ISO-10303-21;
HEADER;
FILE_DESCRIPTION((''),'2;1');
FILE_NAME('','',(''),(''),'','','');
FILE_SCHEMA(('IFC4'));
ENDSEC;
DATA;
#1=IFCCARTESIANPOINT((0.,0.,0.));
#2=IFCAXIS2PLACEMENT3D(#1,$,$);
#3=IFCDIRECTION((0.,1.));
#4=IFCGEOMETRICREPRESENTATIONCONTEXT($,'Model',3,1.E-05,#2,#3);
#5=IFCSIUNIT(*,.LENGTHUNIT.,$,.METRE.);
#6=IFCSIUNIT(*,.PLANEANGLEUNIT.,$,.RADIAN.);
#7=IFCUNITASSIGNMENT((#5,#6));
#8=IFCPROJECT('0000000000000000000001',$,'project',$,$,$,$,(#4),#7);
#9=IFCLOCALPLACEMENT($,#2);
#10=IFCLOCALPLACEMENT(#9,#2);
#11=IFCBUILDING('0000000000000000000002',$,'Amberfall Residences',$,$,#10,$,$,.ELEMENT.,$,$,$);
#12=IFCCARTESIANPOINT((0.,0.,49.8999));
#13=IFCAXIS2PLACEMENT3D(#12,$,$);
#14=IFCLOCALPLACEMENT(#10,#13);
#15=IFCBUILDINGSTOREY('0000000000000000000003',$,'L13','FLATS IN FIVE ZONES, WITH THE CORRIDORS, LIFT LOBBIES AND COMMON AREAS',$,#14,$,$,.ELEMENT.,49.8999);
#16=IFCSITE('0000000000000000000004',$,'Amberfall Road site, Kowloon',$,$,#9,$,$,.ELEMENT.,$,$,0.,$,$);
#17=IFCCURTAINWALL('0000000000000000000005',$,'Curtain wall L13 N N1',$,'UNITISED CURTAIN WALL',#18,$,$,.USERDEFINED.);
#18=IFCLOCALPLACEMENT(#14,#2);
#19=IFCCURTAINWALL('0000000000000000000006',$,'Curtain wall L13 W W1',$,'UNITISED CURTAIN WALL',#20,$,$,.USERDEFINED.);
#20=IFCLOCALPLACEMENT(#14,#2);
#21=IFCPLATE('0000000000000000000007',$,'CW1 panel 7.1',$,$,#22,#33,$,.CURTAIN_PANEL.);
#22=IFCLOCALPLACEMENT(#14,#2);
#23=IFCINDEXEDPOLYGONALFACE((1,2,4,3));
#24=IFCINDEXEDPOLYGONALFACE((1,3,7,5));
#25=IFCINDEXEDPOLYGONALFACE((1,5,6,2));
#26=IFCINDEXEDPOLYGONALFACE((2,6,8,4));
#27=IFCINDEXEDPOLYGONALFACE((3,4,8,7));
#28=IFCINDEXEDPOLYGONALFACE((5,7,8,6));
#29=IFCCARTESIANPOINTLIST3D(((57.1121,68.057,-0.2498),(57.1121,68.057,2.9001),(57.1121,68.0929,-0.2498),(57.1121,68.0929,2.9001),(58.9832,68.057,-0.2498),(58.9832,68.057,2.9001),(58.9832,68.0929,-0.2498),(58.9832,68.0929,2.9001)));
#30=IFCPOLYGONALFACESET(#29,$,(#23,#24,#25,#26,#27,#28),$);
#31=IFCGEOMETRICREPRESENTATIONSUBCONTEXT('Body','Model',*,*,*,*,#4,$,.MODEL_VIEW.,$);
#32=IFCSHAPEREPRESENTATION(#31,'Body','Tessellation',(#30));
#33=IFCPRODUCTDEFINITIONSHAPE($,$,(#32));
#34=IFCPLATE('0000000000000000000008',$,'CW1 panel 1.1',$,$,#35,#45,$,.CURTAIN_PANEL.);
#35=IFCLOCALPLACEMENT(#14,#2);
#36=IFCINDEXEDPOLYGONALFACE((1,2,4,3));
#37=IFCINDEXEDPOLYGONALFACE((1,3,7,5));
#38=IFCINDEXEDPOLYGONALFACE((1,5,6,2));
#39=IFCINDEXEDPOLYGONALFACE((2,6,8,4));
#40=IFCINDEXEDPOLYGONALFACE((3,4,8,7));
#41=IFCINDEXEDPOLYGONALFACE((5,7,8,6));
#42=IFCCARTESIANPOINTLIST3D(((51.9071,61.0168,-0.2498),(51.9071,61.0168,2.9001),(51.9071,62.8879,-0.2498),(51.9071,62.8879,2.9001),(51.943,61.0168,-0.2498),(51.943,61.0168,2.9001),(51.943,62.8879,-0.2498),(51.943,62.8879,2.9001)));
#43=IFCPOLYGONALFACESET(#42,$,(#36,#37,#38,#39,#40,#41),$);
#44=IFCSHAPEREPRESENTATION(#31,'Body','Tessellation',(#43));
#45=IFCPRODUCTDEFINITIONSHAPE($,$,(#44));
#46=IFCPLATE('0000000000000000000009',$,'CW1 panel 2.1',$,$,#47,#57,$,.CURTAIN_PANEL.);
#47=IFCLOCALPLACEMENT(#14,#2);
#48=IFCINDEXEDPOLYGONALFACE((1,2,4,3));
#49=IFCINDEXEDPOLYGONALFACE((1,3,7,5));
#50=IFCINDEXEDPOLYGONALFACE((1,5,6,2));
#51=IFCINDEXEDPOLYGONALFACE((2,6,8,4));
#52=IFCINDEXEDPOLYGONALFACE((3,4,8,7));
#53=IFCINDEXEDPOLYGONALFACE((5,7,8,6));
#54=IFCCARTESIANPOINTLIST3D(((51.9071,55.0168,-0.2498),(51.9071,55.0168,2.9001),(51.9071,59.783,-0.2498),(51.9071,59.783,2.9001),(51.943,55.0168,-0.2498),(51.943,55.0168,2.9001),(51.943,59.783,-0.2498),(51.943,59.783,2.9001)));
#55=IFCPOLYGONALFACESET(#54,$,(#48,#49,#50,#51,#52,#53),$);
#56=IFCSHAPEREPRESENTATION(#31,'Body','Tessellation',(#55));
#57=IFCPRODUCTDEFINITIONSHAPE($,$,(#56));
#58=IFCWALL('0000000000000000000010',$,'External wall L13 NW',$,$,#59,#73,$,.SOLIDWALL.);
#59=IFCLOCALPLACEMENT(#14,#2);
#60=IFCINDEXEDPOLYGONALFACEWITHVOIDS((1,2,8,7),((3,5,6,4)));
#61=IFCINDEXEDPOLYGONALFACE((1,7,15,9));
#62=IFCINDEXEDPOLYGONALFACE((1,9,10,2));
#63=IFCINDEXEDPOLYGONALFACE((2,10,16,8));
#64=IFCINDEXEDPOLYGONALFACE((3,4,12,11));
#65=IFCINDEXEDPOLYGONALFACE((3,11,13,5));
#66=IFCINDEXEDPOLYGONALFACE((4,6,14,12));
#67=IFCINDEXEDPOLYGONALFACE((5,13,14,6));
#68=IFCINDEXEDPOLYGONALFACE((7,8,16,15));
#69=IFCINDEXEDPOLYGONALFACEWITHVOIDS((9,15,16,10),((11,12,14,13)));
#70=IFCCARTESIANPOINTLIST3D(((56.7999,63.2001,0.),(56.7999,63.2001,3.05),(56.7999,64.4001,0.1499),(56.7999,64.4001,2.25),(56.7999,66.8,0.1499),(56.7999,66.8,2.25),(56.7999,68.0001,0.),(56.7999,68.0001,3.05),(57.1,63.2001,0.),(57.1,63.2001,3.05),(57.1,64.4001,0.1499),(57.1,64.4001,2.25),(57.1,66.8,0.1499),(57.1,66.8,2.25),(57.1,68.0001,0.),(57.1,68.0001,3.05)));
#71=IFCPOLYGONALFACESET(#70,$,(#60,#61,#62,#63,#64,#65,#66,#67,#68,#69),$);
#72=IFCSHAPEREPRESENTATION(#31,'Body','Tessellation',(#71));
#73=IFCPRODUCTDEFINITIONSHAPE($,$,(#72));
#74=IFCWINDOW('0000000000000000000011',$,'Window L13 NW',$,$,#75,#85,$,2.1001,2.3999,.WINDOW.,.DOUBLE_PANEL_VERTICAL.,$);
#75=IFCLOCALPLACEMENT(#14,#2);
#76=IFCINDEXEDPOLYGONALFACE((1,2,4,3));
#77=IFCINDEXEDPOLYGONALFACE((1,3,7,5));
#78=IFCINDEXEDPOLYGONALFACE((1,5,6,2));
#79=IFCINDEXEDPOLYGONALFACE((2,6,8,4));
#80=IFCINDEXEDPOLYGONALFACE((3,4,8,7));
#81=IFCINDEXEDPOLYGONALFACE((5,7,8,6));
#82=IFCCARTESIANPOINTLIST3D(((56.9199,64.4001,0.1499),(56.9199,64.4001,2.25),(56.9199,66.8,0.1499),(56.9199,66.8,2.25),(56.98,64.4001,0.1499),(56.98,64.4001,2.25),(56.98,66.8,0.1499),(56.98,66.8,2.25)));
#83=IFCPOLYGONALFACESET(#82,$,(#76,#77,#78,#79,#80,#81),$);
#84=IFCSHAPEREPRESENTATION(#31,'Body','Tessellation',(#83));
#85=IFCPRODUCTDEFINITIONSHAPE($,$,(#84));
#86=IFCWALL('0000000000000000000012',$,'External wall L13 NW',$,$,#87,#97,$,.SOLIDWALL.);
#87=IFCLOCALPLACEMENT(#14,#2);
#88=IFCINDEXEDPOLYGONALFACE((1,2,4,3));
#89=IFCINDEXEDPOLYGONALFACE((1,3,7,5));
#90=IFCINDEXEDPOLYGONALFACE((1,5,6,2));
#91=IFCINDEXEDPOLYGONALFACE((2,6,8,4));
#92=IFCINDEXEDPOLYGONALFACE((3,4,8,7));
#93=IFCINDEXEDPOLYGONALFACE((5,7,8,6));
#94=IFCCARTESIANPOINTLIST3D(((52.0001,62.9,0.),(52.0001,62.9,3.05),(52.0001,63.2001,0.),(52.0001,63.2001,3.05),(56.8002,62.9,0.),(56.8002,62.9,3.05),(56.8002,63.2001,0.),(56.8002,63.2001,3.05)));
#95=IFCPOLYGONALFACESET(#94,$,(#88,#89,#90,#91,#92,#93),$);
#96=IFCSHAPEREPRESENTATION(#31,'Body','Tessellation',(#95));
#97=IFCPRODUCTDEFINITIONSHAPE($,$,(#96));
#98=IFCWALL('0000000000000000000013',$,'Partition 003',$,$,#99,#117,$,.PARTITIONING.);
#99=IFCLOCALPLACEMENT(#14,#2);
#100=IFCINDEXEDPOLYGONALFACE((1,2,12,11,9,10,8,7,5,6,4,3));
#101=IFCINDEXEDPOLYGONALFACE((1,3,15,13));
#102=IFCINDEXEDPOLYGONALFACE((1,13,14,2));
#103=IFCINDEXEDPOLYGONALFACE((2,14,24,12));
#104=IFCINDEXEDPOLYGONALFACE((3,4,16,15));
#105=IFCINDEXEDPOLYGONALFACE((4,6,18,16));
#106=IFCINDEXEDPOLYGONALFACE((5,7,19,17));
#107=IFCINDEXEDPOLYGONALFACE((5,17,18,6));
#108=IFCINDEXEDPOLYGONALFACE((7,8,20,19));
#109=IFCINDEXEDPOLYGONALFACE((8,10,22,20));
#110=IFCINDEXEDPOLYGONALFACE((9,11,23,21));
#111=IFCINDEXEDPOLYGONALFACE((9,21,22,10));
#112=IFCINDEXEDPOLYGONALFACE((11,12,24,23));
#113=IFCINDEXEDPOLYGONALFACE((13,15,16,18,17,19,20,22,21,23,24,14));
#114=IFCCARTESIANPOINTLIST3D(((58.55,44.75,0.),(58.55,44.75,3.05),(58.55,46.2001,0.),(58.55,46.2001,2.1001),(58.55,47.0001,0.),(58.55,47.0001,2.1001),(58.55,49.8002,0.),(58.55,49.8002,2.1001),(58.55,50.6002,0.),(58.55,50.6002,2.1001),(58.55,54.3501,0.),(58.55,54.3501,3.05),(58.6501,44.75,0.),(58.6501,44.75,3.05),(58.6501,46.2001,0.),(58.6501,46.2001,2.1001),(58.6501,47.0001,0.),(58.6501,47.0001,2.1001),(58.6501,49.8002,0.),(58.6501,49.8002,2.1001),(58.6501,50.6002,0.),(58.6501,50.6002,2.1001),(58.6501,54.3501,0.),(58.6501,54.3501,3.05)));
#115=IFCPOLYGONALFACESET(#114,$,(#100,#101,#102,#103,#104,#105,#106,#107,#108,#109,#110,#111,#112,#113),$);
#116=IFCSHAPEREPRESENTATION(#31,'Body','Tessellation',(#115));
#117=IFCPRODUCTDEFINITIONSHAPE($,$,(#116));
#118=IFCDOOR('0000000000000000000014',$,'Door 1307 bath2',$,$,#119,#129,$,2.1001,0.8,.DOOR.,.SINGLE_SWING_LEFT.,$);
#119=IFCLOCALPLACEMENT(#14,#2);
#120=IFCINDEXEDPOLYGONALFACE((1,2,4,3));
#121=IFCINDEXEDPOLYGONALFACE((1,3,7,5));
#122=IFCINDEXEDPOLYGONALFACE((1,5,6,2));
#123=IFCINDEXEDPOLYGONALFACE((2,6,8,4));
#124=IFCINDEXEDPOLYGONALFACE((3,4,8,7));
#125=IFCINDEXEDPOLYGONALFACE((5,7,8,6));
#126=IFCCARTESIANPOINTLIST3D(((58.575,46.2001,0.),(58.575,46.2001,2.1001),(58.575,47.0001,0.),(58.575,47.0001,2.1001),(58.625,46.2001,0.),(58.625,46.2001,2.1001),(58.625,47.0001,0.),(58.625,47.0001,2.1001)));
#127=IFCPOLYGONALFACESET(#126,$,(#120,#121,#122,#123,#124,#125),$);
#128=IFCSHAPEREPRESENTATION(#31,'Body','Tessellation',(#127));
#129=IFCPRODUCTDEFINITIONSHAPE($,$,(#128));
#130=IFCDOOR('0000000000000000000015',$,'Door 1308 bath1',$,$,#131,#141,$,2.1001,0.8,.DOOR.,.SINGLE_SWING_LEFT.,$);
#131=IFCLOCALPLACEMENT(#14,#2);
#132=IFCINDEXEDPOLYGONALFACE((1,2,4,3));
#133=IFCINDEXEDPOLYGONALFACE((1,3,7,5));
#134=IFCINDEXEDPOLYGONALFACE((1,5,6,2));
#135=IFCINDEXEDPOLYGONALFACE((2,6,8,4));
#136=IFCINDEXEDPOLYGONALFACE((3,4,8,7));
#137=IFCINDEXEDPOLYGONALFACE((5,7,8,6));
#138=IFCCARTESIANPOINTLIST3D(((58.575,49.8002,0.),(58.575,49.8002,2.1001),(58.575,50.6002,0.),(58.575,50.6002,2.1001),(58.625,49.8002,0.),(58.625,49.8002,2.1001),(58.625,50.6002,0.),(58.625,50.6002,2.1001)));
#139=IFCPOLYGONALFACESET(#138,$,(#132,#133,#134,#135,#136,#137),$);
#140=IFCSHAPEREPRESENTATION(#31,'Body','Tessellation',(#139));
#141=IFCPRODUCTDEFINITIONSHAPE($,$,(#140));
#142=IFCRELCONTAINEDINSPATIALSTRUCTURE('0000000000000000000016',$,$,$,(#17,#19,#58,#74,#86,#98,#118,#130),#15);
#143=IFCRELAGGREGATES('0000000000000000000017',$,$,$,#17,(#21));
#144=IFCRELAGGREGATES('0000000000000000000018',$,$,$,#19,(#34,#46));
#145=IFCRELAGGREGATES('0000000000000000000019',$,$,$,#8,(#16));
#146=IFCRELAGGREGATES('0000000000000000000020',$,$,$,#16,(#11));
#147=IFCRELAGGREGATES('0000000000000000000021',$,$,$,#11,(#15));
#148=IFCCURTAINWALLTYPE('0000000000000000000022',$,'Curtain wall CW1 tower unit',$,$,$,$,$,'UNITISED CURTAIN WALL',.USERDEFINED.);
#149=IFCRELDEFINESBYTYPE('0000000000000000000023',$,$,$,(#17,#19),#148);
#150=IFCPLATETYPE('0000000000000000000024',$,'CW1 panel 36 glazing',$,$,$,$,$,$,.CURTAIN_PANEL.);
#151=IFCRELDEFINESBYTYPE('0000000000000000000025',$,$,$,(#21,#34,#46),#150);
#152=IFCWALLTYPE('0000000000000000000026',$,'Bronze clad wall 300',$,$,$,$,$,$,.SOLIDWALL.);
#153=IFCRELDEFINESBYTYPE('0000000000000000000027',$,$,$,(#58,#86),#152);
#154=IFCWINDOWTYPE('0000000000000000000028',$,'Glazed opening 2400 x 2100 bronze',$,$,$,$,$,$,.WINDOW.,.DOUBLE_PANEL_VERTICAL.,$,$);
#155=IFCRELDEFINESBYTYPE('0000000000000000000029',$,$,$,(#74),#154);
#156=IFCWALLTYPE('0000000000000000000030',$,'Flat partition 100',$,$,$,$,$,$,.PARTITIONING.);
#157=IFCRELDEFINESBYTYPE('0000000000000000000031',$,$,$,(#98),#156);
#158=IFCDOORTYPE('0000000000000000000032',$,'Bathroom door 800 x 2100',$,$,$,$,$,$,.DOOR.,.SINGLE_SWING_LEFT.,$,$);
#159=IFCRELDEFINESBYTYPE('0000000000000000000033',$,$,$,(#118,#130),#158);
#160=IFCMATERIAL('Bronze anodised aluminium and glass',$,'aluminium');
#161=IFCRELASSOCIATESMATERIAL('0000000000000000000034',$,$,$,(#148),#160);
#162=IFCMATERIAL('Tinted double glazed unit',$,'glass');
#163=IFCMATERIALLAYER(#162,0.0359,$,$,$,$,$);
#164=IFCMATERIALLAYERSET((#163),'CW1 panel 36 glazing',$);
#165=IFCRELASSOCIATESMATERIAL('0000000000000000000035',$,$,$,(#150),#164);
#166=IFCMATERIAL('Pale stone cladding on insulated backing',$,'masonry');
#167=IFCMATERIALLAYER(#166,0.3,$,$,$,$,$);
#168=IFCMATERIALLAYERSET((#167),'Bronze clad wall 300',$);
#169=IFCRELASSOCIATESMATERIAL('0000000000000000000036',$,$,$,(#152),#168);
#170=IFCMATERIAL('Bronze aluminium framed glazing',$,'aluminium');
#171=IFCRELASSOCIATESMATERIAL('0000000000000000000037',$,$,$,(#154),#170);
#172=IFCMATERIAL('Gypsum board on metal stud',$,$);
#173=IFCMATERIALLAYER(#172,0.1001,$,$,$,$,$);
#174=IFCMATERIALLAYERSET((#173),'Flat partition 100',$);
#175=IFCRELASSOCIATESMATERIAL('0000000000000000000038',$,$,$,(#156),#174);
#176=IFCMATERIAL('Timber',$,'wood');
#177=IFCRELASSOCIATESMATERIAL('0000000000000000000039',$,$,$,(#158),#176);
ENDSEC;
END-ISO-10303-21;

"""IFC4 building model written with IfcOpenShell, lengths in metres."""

from ifc_helpers import new_model, si_unit, direction, frame, frame_2d, origin, origin_2d, place, context, subcontext, project, spatial, rectangle, extrude, material, layer, layer_set, type_object, element, fill, aggregate, save


model = new_model("IFC4")

# Units and contexts
model_context = context("Model", 3, precision=1e-05, world=origin(), true_north=direction((0.0, 1.0)))
body_context = subcontext(model_context, "Body", "Model", "MODEL_VIEW")
ifc_project = project(units=[si_unit("LENGTHUNIT", "METRE"), si_unit("PLANEANGLEUNIT", "RADIAN")], contexts=[model_context])

# Site, building, storey
site_placement = place(None, origin())
site = spatial("IfcSite", under=ifc_project, at=site_placement, Name="Amberfall Road site, Kowloon", CompositionType="ELEMENT", RefElevation=0.0)
building_placement = place(site_placement, origin())
building = spatial("IfcBuilding", under=site, at=building_placement, Name="Amberfall Residences", CompositionType="ELEMENT")
storey_placement = place(building_placement, frame((0.0, 0.0, 49.8999)))
storey = spatial("IfcBuildingStorey", under=building, at=storey_placement, Name="L13", Description="FLATS IN FIVE ZONES, WITH THE CORRIDORS, LIFT LOBBIES AND COMMON AREAS", CompositionType="ELEMENT", Elevation=49.8999)

# Curtain wall
ifc_material_1 = material(Name="Bronze anodised aluminium and glass", Category="aluminium")
curtain_wall_type = type_object("IfcCurtainWallType", Name="Curtain wall CW1 tower unit", ElementType="UNITISED CURTAIN WALL", PredefinedType="USERDEFINED", material=ifc_material_1)
curtain_wall_1_placement = place(storey_placement, origin())
curtain_wall_1 = element("IfcCurtainWall", 1, at=curtain_wall_1_placement, inside=storey, type_object=curtain_wall_type, Name="Curtain wall L13 N N1", ObjectType="UNITISED CURTAIN WALL", PredefinedType="USERDEFINED")

# Curtain wall
curtain_wall_2_placement = place(storey_placement, origin())
curtain_wall_2 = element("IfcCurtainWall", 2, at=curtain_wall_2_placement, inside=storey, type_object=curtain_wall_type, Name="Curtain wall L13 W W1", ObjectType="UNITISED CURTAIN WALL", PredefinedType="USERDEFINED")

# Plates
ifc_material_2 = material(Name="Tinted double glazed unit", Category="glass")
ifc_layer_1 = layer(ifc_material_2, 0.0359)
ifc_layer_set_1 = layer_set([ifc_layer_1], Name="CW1 panel 36 glazing")
plate_type = type_object("IfcPlateType", Name="CW1 panel 36 glazing", PredefinedType="CURTAIN_PANEL", material=ifc_layer_set_1)
plate_1_placement = place(storey_placement, frame((58.0476, 68.075, -0.2498), z_axis=(0.0, 0.0, 1.0), x_axis=(-1.0, 0.0, 0.0)))
plate_1 = element("IfcPlate", 3, at=plate_1_placement, type_object=plate_type, Name="CW1 panel 7.1", PredefinedType="CURTAIN_PANEL", context=body_context, shape_type="SweptSolid", body=[
    extrude(rectangle(XDim=1.8711, YDim=0.0359, at=origin_2d()), origin(), (0.0, 0.0, 1.0), 3.1499),
])
aggregate(curtain_wall_1, [plate_1])
plate_2_placement = place(storey_placement, frame((51.925, 61.9524, -0.2498), z_axis=(0.0, 0.0, 1.0), x_axis=(0.0, -1.0, 0.0)))
plate_2 = element("IfcPlate", 4, at=plate_2_placement, type_object=plate_type, Name="CW1 panel 1.1", PredefinedType="CURTAIN_PANEL", context=body_context, shape_type="SweptSolid", body=[
    extrude(rectangle(XDim=1.8711, YDim=0.0359, at=origin_2d()), origin(), (0.0, 0.0, 1.0), 3.1499),
])
plate_3_placement = place(storey_placement, frame((51.925, 57.3999, -0.2498), z_axis=(0.0, 0.0, 1.0), x_axis=(0.0, -1.0, 0.0)))
plate_3 = element("IfcPlate", 5, at=plate_3_placement, type_object=plate_type, Name="CW1 panel 2.1", PredefinedType="CURTAIN_PANEL", context=body_context, shape_type="SweptSolid", body=[
    extrude(rectangle(XDim=4.7661, YDim=0.0359, at=origin_2d()), origin(), (0.0, 0.0, 1.0), 3.1499),
])
aggregate(curtain_wall_2, [plate_2, plate_3])

# Wall, opening, window
ifc_material_3 = material(Name="Pale stone cladding on insulated backing", Category="masonry")
ifc_layer_2 = layer(ifc_material_3, 0.3)
ifc_layer_set_2 = layer_set([ifc_layer_2], Name="Bronze clad wall 300")
wall_type_1 = type_object("IfcWallType", Name="Bronze clad wall 300", PredefinedType="SOLIDWALL", material=ifc_layer_set_2)
wall_1_placement = place(storey_placement, frame((56.95, 68.0, 0.0), z_axis=(0.0, 0.0, 1.0), x_axis=(0.0, -1.0, 0.0)))
wall_1 = element("IfcWall", 6, at=wall_1_placement, inside=storey, type_object=wall_type_1, Name="External wall L13 NW", PredefinedType="SOLIDWALL", context=body_context, shape_type="SweptSolid", body=[
    extrude(rectangle(XDim=4.8, YDim=0.3, at=frame_2d((2.3999, 0.0))), origin(), (0.0, 0.0, 1.0), 3.05),
])
opening_1_placement = place(wall_1_placement, frame((1.2, 0.0, 0.1499)))
opening_1 = element("IfcOpeningElement", 7, at=opening_1_placement, cuts=wall_1, PredefinedType="OPENING", context=body_context, shape_type="SweptSolid", body=[
    extrude(rectangle(XDim=2.3999, YDim=2.1001, at=frame_2d((1.2, 1.05))), frame((0.0, 0.1599, 0.0), z_axis=(0.0, -1.0, 0.0), x_axis=(1.0, 0.0, 0.0)), (0.0, 0.0, 1.0), 0.3201),
])
ifc_material_4 = material(Name="Bronze aluminium framed glazing", Category="aluminium")
window_type = type_object("IfcWindowType", Name="Glazed opening 2400 x 2100 bronze", PartitioningType="DOUBLE_PANEL_VERTICAL", PredefinedType="WINDOW", material=ifc_material_4)
window_placement = place(opening_1_placement, origin())
window = element("IfcWindow", 8, at=window_placement, inside=storey, type_object=window_type, Name="Window L13 NW", OverallHeight=2.1001, OverallWidth=2.3999, PartitioningType="DOUBLE_PANEL_VERTICAL", PredefinedType="WINDOW", context=body_context, shape_type="SweptSolid", body=[
    extrude(rectangle(XDim=2.3999, YDim=2.1001, at=frame_2d((1.2, 1.05))), frame((0.0, 0.03, 0.0), z_axis=(0.0, -1.0, 0.0), x_axis=(1.0, 0.0, 0.0)), (0.0, 0.0, 1.0), 0.0601),
])
fill(opening_1, window)

# Wall
wall_2_placement = place(storey_placement, frame((56.8, 63.05, 0.0), z_axis=(0.0, 0.0, 1.0), x_axis=(-1.0, 0.0, 0.0)))
element("IfcWall", 9, at=wall_2_placement, inside=storey, type_object=wall_type_1, Name="External wall L13 NW", PredefinedType="SOLIDWALL", context=body_context, shape_type="SweptSolid", body=[
    extrude(rectangle(XDim=4.8, YDim=0.3, at=frame_2d((2.3999, 0.0))), origin(), (0.0, 0.0, 1.0), 3.05),
])

# Wall, openings, doors
ifc_material_5 = material(Name="Gypsum board on metal stud")
ifc_layer_3 = layer(ifc_material_5, 0.1001)
ifc_layer_set_3 = layer_set([ifc_layer_3], Name="Flat partition 100")
wall_type_2 = type_object("IfcWallType", Name="Flat partition 100", PredefinedType="PARTITIONING", material=ifc_layer_set_3)
wall_3_placement = place(storey_placement, frame((58.6001, 54.3501, 0.0), z_axis=(0.0, 0.0, 1.0), x_axis=(0.0, -1.0, 0.0)))
wall_3 = element("IfcWall", 10, at=wall_3_placement, inside=storey, type_object=wall_type_2, Name="Partition 003", PredefinedType="PARTITIONING", context=body_context, shape_type="SweptSolid", body=[
    extrude(rectangle(XDim=9.6001, YDim=0.1001, at=frame_2d((4.8, 0.0))), origin(), (0.0, 0.0, 1.0), 3.05),
])
opening_2_placement = place(wall_3_placement, frame((7.3501, 0.0, 0.0)))
opening_2 = element("IfcOpeningElement", 11, at=opening_2_placement, cuts=wall_3, PredefinedType="OPENING", context=body_context, shape_type="SweptSolid", body=[
    extrude(rectangle(XDim=0.8, YDim=2.1001, at=frame_2d((0.3999, 1.05))), frame((0.0, 0.0601, 0.0), z_axis=(0.0, -1.0, 0.0), x_axis=(1.0, 0.0, 0.0)), (0.0, 0.0, 1.0), 0.1201),
])
opening_3_placement = place(wall_3_placement, frame((3.75, 0.0, 0.0)))
opening_3 = element("IfcOpeningElement", 12, at=opening_3_placement, cuts=wall_3, PredefinedType="OPENING", context=body_context, shape_type="SweptSolid", body=[
    extrude(rectangle(XDim=0.8, YDim=2.1001, at=frame_2d((0.3999, 1.05))), frame((0.0, 0.0601, 0.0), z_axis=(0.0, -1.0, 0.0), x_axis=(1.0, 0.0, 0.0)), (0.0, 0.0, 1.0), 0.1201),
])
ifc_material_6 = material(Name="Timber", Category="wood")
door_type = type_object("IfcDoorType", Name="Bathroom door 800 x 2100", OperationType="SINGLE_SWING_LEFT", PredefinedType="DOOR", material=ifc_material_6)
door_1_placement = place(opening_2_placement, origin())
door_1 = element("IfcDoor", 13, at=door_1_placement, inside=storey, type_object=door_type, Name="Door 1307 bath2", OperationType="SINGLE_SWING_LEFT", OverallHeight=2.1001, OverallWidth=0.8, PredefinedType="DOOR", context=body_context, shape_type="SweptSolid", body=[
    extrude(rectangle(XDim=0.8, YDim=2.1001, at=frame_2d((0.3999, 1.05))), frame((0.0, 0.0249, 0.0), z_axis=(0.0, -1.0, 0.0), x_axis=(1.0, 0.0, 0.0)), (0.0, 0.0, 1.0), 0.05),
])
fill(opening_2, door_1)
door_2_placement = place(opening_3_placement, origin())
door_2 = element("IfcDoor", 14, at=door_2_placement, inside=storey, type_object=door_type, Name="Door 1308 bath1", OperationType="SINGLE_SWING_LEFT", OverallHeight=2.1001, OverallWidth=0.8, PredefinedType="DOOR", context=body_context, shape_type="SweptSolid", body=[
    extrude(rectangle(XDim=0.8, YDim=2.1001, at=frame_2d((0.3999, 1.05))), frame((0.0, 0.0249, 0.0), z_axis=(0.0, -1.0, 0.0), x_axis=(1.0, 0.0, 0.0)), (0.0, 0.0, 1.0), 0.05),
])
fill(opening_3, door_2)

save(model, "model.ifc")
